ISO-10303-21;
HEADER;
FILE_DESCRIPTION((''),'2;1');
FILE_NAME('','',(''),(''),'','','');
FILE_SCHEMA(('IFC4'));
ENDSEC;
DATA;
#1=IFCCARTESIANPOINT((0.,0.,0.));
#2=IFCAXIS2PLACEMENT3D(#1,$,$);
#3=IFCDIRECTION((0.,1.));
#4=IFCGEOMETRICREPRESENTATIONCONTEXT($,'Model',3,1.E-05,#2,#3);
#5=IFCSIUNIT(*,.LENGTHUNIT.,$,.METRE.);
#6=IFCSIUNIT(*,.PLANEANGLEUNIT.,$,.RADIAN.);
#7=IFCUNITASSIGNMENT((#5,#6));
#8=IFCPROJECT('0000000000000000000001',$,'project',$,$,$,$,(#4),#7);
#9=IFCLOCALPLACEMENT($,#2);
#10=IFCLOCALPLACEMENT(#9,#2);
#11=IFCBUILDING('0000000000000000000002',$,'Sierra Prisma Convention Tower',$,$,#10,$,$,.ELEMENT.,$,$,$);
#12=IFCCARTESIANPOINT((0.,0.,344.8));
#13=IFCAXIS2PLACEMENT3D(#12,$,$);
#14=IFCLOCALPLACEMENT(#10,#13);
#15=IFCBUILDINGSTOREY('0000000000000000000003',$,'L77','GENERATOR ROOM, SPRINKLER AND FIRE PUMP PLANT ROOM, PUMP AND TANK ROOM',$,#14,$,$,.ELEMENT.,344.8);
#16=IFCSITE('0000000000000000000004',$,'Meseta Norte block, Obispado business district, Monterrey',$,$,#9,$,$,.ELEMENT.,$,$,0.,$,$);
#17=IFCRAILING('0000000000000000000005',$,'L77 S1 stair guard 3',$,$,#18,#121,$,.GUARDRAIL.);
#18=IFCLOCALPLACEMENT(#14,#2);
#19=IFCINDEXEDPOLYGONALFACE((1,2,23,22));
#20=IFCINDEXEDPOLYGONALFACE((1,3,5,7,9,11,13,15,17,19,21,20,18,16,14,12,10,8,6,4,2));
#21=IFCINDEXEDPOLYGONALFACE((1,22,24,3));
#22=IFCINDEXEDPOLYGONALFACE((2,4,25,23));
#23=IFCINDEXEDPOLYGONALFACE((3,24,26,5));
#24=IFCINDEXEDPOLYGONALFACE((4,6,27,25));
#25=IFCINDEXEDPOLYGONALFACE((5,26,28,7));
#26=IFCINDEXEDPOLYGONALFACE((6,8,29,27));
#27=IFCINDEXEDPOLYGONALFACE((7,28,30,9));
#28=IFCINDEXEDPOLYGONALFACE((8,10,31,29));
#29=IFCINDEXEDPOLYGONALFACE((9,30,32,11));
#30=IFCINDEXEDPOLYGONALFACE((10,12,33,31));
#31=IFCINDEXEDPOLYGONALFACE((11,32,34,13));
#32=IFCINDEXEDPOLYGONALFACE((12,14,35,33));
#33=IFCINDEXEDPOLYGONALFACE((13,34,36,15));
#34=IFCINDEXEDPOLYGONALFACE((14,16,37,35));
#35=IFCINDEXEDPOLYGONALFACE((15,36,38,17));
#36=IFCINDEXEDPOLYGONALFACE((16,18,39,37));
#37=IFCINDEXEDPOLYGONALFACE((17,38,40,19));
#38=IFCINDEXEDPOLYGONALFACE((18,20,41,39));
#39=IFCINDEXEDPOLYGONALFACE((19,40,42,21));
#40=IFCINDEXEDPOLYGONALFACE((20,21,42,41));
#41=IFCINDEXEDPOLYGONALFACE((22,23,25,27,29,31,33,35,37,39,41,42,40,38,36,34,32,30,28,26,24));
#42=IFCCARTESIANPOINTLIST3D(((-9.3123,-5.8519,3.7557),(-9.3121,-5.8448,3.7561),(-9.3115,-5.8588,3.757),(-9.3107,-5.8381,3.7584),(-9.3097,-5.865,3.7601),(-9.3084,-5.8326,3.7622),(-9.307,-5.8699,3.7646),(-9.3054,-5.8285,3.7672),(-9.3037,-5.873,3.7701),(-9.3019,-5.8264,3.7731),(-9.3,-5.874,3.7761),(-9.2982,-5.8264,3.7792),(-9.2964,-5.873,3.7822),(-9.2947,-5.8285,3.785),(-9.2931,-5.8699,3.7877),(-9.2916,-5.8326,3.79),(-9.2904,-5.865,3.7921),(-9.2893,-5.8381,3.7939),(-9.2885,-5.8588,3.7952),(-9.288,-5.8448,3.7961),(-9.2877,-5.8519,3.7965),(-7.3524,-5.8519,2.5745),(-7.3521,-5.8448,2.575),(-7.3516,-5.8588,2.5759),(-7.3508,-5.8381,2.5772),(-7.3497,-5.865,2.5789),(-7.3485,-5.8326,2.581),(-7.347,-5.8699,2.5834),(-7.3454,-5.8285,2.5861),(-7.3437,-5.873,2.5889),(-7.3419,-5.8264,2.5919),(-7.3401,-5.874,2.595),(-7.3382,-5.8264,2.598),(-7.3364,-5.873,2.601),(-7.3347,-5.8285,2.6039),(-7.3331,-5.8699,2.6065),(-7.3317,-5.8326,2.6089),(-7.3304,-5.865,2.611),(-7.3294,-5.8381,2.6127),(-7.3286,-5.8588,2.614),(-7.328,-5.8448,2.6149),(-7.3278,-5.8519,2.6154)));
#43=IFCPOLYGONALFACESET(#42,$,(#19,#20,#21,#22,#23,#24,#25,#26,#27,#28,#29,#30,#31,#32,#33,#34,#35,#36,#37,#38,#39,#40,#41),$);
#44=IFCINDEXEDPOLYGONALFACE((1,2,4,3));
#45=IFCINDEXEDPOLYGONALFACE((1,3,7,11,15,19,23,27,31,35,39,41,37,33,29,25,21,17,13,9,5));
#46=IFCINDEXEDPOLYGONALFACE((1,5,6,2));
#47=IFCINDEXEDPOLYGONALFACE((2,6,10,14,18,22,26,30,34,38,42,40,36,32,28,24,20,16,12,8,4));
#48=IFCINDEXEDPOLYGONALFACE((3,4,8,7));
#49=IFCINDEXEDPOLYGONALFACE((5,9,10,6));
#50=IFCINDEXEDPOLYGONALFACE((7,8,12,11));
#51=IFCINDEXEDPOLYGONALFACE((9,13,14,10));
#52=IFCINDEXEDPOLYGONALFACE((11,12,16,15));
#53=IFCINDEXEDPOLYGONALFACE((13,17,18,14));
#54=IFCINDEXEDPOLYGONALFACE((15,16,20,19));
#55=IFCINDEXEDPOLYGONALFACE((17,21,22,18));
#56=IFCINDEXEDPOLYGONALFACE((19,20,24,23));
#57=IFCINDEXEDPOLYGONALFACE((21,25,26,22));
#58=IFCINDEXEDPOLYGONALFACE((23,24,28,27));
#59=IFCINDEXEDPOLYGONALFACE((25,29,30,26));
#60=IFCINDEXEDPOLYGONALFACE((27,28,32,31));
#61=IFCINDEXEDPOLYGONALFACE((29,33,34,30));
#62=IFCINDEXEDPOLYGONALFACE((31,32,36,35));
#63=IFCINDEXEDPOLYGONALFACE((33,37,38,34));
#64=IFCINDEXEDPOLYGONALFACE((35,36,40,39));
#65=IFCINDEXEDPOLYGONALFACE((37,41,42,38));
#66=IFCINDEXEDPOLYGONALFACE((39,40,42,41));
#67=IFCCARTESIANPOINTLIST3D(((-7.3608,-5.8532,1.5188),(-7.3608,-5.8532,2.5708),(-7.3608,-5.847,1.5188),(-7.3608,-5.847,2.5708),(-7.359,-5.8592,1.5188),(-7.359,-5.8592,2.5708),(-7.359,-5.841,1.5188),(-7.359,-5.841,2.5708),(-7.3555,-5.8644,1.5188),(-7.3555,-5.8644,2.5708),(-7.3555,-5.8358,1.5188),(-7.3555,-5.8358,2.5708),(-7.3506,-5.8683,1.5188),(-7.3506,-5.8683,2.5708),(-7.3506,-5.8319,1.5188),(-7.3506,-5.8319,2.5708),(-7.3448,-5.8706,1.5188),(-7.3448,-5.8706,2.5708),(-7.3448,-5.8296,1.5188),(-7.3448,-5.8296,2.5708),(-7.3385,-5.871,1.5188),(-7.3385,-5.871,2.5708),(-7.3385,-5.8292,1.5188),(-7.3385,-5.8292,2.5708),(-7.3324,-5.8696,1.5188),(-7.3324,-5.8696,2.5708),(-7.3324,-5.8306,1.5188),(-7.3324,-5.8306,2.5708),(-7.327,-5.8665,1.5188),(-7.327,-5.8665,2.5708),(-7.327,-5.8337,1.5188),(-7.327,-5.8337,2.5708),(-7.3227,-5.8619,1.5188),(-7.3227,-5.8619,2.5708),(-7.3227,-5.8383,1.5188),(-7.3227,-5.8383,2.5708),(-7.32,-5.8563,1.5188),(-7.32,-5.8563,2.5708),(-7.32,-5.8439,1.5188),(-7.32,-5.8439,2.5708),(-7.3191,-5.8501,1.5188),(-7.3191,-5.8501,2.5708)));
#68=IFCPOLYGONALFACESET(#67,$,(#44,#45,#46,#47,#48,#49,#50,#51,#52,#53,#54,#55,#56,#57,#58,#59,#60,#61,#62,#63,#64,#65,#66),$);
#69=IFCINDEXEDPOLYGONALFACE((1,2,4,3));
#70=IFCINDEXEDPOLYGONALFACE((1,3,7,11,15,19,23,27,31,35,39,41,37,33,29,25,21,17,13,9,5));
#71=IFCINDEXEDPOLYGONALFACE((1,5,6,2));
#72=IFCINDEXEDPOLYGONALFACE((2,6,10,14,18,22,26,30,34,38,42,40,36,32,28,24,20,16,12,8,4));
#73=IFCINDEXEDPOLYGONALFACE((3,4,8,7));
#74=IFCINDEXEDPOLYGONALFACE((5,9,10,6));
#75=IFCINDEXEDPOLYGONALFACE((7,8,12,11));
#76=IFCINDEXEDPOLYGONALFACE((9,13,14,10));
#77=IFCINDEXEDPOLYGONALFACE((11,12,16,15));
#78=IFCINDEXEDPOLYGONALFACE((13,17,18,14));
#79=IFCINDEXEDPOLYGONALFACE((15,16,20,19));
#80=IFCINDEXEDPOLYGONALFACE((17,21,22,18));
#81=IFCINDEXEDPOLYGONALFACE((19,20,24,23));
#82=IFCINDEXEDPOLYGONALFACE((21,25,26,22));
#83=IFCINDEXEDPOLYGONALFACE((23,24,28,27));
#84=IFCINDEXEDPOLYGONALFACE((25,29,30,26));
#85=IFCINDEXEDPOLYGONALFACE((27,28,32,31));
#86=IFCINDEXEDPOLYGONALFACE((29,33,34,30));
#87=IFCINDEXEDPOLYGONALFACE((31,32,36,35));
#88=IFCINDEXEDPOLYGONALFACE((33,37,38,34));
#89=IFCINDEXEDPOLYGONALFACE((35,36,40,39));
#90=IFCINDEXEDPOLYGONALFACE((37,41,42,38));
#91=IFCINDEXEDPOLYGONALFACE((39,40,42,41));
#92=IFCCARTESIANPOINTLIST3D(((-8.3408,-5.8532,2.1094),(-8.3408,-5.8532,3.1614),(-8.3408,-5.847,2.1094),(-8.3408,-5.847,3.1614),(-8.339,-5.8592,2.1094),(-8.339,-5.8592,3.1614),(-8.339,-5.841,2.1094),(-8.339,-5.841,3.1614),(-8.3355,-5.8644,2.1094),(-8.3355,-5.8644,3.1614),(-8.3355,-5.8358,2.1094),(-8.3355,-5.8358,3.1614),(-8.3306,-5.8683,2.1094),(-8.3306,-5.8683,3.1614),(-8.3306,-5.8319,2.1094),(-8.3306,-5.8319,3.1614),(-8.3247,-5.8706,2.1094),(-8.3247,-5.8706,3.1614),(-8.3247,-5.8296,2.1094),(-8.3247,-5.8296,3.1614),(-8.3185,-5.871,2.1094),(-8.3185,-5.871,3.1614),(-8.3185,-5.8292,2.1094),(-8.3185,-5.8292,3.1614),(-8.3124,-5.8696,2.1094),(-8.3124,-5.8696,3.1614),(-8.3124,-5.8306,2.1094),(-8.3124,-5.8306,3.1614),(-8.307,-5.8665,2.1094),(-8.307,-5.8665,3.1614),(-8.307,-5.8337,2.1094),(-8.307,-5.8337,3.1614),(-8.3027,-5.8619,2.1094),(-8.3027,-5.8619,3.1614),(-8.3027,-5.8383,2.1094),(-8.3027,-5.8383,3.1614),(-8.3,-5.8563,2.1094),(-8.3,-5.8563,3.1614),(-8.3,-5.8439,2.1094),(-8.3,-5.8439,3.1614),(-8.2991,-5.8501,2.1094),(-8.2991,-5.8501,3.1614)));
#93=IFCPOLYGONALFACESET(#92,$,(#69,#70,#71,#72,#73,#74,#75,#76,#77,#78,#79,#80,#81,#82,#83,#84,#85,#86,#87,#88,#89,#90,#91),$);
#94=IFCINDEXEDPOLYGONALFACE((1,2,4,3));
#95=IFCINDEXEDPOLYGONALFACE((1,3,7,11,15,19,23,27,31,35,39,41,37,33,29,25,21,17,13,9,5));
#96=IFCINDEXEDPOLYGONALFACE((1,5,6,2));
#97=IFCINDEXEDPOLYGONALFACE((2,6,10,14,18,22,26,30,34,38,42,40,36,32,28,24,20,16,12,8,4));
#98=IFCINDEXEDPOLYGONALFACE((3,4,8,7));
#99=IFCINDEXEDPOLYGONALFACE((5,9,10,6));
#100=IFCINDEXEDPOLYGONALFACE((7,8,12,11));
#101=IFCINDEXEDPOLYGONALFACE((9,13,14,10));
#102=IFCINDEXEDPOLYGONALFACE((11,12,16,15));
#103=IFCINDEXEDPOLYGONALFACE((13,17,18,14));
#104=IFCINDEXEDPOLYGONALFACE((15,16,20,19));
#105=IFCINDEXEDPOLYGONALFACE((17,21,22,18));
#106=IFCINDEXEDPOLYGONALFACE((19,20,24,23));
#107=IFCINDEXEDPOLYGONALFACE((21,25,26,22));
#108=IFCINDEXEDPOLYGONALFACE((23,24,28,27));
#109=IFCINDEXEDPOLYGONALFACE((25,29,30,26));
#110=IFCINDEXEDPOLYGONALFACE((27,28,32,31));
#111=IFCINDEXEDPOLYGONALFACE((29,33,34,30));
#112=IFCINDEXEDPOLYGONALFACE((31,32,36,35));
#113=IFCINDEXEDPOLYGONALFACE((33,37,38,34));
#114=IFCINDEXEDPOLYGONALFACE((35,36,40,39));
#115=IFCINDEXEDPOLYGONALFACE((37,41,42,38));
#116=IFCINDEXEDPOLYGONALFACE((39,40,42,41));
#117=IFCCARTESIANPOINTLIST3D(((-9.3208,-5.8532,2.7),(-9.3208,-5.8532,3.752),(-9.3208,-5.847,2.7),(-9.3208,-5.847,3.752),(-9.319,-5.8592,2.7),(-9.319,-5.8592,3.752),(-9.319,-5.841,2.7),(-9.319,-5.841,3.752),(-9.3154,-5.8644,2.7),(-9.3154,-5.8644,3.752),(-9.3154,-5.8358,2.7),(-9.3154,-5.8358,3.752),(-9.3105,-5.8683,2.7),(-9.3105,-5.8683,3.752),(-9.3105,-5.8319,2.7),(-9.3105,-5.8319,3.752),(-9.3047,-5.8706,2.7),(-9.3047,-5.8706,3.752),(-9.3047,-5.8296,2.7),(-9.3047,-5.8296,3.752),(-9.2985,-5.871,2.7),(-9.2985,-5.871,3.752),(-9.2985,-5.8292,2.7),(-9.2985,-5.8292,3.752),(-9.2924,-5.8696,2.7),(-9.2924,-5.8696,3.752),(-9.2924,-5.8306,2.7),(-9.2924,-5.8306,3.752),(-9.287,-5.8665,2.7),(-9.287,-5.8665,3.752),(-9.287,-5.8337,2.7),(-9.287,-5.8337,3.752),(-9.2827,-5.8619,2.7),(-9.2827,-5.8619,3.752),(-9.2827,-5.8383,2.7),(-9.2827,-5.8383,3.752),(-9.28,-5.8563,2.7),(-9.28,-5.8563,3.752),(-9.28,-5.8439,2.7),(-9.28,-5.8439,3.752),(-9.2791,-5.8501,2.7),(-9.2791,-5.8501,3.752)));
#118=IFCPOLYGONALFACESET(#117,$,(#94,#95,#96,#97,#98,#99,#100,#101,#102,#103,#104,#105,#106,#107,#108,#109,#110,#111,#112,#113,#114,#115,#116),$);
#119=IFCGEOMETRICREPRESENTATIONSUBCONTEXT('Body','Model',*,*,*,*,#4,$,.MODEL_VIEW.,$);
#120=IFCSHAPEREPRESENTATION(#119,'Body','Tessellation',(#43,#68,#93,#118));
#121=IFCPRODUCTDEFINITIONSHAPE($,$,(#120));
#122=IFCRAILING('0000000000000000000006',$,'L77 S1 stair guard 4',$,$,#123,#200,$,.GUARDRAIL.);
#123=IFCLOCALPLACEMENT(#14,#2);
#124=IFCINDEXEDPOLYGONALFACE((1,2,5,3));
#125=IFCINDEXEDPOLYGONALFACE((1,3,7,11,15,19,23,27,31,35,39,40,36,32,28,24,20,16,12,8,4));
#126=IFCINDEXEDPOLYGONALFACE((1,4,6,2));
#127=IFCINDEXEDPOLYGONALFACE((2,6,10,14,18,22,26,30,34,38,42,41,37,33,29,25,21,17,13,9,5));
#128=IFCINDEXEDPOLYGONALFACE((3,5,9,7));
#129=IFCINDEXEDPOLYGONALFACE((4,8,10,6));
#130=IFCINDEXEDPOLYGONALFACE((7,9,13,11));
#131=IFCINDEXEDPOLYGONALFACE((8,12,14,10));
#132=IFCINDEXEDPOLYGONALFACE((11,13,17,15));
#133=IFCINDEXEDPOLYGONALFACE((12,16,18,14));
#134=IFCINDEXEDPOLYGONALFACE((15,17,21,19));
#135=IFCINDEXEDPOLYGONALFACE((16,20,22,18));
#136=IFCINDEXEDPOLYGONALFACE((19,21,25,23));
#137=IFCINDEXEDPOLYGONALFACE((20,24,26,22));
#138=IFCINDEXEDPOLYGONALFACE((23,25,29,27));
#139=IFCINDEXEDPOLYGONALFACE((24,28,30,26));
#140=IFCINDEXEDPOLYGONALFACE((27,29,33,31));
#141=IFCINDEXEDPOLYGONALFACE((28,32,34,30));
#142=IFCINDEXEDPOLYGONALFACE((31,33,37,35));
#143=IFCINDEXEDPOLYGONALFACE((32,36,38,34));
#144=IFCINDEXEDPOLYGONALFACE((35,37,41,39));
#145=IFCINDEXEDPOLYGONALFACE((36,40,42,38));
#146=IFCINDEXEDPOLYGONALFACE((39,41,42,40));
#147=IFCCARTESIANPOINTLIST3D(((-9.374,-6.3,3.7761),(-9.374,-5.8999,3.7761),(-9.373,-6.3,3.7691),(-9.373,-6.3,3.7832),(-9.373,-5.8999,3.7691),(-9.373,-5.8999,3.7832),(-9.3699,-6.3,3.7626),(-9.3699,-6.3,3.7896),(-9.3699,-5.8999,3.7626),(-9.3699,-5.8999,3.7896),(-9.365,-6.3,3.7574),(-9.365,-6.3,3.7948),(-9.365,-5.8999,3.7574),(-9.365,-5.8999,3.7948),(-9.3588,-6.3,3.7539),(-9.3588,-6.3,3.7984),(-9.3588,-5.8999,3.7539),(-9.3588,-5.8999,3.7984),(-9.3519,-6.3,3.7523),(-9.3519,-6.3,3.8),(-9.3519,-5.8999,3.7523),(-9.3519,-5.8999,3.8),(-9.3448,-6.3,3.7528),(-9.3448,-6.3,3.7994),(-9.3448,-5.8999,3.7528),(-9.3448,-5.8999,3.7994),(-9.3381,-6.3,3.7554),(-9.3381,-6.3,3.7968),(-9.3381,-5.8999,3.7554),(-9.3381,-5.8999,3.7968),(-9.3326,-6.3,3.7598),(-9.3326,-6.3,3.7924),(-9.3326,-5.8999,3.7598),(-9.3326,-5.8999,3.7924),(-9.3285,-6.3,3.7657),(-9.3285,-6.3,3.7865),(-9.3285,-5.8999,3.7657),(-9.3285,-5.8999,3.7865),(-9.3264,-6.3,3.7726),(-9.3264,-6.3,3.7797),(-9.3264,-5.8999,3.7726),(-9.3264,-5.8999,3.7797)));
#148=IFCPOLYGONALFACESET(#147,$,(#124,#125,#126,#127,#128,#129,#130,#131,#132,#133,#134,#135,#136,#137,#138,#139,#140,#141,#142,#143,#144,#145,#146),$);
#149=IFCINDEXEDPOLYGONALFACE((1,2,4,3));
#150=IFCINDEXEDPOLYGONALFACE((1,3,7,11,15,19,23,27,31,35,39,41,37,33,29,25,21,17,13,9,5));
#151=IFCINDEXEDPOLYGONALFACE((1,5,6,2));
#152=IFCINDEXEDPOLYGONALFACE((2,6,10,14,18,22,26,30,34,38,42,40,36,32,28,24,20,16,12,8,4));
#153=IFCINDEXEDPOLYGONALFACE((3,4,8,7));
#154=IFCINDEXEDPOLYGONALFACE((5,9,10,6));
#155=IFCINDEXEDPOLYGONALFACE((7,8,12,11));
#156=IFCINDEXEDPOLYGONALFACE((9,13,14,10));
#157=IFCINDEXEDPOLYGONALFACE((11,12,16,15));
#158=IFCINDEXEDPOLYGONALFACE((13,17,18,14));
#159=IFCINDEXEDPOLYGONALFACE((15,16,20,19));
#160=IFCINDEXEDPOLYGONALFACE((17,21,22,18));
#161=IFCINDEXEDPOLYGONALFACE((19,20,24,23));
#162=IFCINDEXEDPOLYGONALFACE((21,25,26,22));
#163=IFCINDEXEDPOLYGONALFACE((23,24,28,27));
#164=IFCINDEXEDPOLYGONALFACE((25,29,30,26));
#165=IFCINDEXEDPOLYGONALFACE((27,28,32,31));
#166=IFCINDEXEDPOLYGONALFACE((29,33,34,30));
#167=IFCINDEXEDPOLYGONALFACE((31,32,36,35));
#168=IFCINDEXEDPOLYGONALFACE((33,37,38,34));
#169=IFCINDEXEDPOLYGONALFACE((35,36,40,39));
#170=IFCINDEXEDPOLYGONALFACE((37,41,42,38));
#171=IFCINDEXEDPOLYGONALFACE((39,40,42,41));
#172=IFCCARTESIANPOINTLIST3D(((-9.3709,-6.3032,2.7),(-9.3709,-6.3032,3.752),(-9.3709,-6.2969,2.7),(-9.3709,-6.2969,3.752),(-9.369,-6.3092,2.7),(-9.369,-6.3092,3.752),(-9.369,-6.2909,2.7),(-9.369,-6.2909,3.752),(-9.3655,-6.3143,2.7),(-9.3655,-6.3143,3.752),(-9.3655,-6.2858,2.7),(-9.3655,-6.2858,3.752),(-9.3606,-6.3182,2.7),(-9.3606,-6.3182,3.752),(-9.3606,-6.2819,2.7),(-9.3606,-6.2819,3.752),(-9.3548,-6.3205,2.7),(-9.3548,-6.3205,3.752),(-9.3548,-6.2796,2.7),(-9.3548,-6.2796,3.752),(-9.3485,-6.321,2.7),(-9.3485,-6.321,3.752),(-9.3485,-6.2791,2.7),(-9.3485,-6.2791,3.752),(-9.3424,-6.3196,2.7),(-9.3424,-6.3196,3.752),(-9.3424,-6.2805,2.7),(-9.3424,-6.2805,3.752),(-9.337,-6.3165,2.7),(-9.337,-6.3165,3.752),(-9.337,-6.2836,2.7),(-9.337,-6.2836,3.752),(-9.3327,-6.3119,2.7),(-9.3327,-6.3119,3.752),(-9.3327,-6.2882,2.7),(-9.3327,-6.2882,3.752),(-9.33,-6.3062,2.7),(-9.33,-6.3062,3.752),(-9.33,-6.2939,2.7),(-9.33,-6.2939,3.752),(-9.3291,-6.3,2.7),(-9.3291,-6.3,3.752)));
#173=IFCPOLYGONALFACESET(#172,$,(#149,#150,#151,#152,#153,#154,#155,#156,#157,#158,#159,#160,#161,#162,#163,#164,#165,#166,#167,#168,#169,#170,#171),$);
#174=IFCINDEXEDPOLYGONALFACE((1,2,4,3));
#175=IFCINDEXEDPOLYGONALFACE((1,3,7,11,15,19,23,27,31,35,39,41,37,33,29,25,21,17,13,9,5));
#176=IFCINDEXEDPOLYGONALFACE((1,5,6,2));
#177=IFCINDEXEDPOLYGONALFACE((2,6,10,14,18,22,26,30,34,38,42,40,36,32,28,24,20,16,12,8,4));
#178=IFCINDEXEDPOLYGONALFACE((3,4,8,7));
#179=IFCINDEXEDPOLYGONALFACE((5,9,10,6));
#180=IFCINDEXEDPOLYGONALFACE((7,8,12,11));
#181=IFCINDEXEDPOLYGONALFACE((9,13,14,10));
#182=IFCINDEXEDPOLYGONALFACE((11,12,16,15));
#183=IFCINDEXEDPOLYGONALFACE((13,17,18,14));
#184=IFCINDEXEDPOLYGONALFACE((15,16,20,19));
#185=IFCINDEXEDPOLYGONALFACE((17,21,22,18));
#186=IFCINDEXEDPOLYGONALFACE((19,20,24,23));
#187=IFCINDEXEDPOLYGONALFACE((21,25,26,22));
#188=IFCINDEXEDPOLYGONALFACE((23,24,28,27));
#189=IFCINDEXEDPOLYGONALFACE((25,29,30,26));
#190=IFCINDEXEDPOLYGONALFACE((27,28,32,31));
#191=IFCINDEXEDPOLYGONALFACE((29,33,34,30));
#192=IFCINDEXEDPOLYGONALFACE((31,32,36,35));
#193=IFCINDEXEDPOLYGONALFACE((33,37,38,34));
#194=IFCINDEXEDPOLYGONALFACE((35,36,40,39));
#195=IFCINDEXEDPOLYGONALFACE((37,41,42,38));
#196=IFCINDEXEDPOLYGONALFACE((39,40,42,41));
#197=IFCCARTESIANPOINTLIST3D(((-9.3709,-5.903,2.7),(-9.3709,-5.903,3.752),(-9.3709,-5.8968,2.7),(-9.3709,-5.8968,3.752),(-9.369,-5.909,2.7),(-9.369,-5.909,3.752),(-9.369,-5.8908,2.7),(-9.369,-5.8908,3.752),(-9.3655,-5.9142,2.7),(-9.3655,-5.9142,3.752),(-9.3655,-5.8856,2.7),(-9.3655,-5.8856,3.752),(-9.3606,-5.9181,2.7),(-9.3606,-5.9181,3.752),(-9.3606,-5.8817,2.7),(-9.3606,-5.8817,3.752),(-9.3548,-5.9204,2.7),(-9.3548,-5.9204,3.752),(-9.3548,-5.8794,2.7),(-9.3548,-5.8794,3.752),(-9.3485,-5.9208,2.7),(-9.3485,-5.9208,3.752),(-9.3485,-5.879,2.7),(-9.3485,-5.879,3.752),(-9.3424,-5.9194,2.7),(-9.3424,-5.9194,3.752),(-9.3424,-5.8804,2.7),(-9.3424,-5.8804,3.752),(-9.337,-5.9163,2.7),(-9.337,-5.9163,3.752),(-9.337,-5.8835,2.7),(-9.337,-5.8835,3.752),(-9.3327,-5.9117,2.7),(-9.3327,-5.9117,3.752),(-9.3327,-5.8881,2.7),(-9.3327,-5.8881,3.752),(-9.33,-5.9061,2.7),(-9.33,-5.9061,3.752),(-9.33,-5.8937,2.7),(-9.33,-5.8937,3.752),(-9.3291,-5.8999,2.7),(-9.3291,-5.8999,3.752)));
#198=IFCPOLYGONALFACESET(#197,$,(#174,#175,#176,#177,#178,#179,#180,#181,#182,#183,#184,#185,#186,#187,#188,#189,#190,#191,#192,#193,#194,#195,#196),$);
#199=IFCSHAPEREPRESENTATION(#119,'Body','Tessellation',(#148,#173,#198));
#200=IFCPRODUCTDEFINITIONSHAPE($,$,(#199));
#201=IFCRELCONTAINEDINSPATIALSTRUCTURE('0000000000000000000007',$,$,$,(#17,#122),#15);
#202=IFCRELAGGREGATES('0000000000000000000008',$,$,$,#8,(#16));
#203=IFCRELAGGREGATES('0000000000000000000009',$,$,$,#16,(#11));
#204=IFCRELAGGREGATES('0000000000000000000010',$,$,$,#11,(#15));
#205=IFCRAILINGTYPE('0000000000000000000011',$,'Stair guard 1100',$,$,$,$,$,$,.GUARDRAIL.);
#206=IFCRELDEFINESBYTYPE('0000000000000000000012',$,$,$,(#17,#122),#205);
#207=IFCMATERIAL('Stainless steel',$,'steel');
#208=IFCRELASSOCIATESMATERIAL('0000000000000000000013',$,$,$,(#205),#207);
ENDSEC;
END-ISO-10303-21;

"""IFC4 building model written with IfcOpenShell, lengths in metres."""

from ifc_helpers import new_model, si_unit, direction, frame, origin, origin_2d, place, context, subcontext, project, spatial, circle, extrude, material, type_object, element, save


model = new_model("IFC4")

# Units and contexts
model_context = context("Model", 3, precision=1e-05, world=origin(), true_north=direction((0.0, 1.0)))
body_context = subcontext(model_context, "Body", "Model", "MODEL_VIEW")
ifc_project = project(units=[si_unit("LENGTHUNIT", "METRE"), si_unit("PLANEANGLEUNIT", "RADIAN")], contexts=[model_context])

# Site, building, storey
site_placement = place(None, origin())
site = spatial("IfcSite", under=ifc_project, at=site_placement, Name="Meseta Norte block, Obispado business district, Monterrey", CompositionType="ELEMENT", RefElevation=0.0)
building_placement = place(site_placement, origin())
building = spatial("IfcBuilding", under=site, at=building_placement, Name="Sierra Prisma Convention Tower", CompositionType="ELEMENT")
storey_placement = place(building_placement, frame((0.0, 0.0, 344.8)))
storey = spatial("IfcBuildingStorey", under=building, at=storey_placement, Name="L77", Description="GENERATOR ROOM, SPRINKLER AND FIRE PUMP PLANT ROOM, PUMP AND TANK ROOM", CompositionType="ELEMENT", Elevation=344.8)

# Railings
ifc_material_1 = material(Name="Stainless steel", Category="steel")
railing_type = type_object("IfcRailingType", Name="Stair guard 1100", PredefinedType="GUARDRAIL", material=ifc_material_1)
railing_1_placement = place(storey_placement, frame((-7.3401, -5.8501, 1.5188)))
element("IfcRailing", 1, at=railing_1_placement, inside=storey, type_object=railing_type, Name="L77 S1 stair guard 3", PredefinedType="GUARDRAIL", context=body_context, shape_type="SweptSolid", body=[
    extrude(circle(Radius=0.0239, at=origin_2d()), frame((0.0, 0.0, 1.0762), z_axis=(-0.856493, 0.0, 0.516158), x_axis=(0.0, -1.0, 0.0)), (0.0, 0.0, 1.0), 2.2883),
    extrude(circle(Radius=0.021, at=origin_2d()), origin(), (0.0, 0.0, 1.0), 1.052),
    extrude(circle(Radius=0.021, at=origin_2d()), frame((-0.98, 0.0, 0.5906)), (0.0, 0.0, 1.0), 1.052),
    extrude(circle(Radius=0.021, at=origin_2d()), frame((-1.96, 0.0, 1.1812)), (0.0, 0.0, 1.0), 1.052),
])
railing_2_placement = place(storey_placement, frame((-9.3501, -6.3, 2.7)))
element("IfcRailing", 2, at=railing_2_placement, inside=storey, type_object=railing_type, Name="L77 S1 stair guard 4", PredefinedType="GUARDRAIL", context=body_context, shape_type="SweptSolid", body=[
    extrude(circle(Radius=0.0239, at=origin_2d()), frame((0.0, 0.0, 1.0762), z_axis=(0.0, 1.0, 0.0), x_axis=(-1.0, 0.0, 0.0)), (0.0, 0.0, 1.0), 0.4001),
    extrude(circle(Radius=0.021, at=origin_2d()), origin(), (0.0, 0.0, 1.0), 1.052),
    extrude(circle(Radius=0.021, at=origin_2d()), frame((0.0, 0.4001, 0.0)), (0.0, 0.0, 1.0), 1.052),
])

save(model, "model.ifc")
